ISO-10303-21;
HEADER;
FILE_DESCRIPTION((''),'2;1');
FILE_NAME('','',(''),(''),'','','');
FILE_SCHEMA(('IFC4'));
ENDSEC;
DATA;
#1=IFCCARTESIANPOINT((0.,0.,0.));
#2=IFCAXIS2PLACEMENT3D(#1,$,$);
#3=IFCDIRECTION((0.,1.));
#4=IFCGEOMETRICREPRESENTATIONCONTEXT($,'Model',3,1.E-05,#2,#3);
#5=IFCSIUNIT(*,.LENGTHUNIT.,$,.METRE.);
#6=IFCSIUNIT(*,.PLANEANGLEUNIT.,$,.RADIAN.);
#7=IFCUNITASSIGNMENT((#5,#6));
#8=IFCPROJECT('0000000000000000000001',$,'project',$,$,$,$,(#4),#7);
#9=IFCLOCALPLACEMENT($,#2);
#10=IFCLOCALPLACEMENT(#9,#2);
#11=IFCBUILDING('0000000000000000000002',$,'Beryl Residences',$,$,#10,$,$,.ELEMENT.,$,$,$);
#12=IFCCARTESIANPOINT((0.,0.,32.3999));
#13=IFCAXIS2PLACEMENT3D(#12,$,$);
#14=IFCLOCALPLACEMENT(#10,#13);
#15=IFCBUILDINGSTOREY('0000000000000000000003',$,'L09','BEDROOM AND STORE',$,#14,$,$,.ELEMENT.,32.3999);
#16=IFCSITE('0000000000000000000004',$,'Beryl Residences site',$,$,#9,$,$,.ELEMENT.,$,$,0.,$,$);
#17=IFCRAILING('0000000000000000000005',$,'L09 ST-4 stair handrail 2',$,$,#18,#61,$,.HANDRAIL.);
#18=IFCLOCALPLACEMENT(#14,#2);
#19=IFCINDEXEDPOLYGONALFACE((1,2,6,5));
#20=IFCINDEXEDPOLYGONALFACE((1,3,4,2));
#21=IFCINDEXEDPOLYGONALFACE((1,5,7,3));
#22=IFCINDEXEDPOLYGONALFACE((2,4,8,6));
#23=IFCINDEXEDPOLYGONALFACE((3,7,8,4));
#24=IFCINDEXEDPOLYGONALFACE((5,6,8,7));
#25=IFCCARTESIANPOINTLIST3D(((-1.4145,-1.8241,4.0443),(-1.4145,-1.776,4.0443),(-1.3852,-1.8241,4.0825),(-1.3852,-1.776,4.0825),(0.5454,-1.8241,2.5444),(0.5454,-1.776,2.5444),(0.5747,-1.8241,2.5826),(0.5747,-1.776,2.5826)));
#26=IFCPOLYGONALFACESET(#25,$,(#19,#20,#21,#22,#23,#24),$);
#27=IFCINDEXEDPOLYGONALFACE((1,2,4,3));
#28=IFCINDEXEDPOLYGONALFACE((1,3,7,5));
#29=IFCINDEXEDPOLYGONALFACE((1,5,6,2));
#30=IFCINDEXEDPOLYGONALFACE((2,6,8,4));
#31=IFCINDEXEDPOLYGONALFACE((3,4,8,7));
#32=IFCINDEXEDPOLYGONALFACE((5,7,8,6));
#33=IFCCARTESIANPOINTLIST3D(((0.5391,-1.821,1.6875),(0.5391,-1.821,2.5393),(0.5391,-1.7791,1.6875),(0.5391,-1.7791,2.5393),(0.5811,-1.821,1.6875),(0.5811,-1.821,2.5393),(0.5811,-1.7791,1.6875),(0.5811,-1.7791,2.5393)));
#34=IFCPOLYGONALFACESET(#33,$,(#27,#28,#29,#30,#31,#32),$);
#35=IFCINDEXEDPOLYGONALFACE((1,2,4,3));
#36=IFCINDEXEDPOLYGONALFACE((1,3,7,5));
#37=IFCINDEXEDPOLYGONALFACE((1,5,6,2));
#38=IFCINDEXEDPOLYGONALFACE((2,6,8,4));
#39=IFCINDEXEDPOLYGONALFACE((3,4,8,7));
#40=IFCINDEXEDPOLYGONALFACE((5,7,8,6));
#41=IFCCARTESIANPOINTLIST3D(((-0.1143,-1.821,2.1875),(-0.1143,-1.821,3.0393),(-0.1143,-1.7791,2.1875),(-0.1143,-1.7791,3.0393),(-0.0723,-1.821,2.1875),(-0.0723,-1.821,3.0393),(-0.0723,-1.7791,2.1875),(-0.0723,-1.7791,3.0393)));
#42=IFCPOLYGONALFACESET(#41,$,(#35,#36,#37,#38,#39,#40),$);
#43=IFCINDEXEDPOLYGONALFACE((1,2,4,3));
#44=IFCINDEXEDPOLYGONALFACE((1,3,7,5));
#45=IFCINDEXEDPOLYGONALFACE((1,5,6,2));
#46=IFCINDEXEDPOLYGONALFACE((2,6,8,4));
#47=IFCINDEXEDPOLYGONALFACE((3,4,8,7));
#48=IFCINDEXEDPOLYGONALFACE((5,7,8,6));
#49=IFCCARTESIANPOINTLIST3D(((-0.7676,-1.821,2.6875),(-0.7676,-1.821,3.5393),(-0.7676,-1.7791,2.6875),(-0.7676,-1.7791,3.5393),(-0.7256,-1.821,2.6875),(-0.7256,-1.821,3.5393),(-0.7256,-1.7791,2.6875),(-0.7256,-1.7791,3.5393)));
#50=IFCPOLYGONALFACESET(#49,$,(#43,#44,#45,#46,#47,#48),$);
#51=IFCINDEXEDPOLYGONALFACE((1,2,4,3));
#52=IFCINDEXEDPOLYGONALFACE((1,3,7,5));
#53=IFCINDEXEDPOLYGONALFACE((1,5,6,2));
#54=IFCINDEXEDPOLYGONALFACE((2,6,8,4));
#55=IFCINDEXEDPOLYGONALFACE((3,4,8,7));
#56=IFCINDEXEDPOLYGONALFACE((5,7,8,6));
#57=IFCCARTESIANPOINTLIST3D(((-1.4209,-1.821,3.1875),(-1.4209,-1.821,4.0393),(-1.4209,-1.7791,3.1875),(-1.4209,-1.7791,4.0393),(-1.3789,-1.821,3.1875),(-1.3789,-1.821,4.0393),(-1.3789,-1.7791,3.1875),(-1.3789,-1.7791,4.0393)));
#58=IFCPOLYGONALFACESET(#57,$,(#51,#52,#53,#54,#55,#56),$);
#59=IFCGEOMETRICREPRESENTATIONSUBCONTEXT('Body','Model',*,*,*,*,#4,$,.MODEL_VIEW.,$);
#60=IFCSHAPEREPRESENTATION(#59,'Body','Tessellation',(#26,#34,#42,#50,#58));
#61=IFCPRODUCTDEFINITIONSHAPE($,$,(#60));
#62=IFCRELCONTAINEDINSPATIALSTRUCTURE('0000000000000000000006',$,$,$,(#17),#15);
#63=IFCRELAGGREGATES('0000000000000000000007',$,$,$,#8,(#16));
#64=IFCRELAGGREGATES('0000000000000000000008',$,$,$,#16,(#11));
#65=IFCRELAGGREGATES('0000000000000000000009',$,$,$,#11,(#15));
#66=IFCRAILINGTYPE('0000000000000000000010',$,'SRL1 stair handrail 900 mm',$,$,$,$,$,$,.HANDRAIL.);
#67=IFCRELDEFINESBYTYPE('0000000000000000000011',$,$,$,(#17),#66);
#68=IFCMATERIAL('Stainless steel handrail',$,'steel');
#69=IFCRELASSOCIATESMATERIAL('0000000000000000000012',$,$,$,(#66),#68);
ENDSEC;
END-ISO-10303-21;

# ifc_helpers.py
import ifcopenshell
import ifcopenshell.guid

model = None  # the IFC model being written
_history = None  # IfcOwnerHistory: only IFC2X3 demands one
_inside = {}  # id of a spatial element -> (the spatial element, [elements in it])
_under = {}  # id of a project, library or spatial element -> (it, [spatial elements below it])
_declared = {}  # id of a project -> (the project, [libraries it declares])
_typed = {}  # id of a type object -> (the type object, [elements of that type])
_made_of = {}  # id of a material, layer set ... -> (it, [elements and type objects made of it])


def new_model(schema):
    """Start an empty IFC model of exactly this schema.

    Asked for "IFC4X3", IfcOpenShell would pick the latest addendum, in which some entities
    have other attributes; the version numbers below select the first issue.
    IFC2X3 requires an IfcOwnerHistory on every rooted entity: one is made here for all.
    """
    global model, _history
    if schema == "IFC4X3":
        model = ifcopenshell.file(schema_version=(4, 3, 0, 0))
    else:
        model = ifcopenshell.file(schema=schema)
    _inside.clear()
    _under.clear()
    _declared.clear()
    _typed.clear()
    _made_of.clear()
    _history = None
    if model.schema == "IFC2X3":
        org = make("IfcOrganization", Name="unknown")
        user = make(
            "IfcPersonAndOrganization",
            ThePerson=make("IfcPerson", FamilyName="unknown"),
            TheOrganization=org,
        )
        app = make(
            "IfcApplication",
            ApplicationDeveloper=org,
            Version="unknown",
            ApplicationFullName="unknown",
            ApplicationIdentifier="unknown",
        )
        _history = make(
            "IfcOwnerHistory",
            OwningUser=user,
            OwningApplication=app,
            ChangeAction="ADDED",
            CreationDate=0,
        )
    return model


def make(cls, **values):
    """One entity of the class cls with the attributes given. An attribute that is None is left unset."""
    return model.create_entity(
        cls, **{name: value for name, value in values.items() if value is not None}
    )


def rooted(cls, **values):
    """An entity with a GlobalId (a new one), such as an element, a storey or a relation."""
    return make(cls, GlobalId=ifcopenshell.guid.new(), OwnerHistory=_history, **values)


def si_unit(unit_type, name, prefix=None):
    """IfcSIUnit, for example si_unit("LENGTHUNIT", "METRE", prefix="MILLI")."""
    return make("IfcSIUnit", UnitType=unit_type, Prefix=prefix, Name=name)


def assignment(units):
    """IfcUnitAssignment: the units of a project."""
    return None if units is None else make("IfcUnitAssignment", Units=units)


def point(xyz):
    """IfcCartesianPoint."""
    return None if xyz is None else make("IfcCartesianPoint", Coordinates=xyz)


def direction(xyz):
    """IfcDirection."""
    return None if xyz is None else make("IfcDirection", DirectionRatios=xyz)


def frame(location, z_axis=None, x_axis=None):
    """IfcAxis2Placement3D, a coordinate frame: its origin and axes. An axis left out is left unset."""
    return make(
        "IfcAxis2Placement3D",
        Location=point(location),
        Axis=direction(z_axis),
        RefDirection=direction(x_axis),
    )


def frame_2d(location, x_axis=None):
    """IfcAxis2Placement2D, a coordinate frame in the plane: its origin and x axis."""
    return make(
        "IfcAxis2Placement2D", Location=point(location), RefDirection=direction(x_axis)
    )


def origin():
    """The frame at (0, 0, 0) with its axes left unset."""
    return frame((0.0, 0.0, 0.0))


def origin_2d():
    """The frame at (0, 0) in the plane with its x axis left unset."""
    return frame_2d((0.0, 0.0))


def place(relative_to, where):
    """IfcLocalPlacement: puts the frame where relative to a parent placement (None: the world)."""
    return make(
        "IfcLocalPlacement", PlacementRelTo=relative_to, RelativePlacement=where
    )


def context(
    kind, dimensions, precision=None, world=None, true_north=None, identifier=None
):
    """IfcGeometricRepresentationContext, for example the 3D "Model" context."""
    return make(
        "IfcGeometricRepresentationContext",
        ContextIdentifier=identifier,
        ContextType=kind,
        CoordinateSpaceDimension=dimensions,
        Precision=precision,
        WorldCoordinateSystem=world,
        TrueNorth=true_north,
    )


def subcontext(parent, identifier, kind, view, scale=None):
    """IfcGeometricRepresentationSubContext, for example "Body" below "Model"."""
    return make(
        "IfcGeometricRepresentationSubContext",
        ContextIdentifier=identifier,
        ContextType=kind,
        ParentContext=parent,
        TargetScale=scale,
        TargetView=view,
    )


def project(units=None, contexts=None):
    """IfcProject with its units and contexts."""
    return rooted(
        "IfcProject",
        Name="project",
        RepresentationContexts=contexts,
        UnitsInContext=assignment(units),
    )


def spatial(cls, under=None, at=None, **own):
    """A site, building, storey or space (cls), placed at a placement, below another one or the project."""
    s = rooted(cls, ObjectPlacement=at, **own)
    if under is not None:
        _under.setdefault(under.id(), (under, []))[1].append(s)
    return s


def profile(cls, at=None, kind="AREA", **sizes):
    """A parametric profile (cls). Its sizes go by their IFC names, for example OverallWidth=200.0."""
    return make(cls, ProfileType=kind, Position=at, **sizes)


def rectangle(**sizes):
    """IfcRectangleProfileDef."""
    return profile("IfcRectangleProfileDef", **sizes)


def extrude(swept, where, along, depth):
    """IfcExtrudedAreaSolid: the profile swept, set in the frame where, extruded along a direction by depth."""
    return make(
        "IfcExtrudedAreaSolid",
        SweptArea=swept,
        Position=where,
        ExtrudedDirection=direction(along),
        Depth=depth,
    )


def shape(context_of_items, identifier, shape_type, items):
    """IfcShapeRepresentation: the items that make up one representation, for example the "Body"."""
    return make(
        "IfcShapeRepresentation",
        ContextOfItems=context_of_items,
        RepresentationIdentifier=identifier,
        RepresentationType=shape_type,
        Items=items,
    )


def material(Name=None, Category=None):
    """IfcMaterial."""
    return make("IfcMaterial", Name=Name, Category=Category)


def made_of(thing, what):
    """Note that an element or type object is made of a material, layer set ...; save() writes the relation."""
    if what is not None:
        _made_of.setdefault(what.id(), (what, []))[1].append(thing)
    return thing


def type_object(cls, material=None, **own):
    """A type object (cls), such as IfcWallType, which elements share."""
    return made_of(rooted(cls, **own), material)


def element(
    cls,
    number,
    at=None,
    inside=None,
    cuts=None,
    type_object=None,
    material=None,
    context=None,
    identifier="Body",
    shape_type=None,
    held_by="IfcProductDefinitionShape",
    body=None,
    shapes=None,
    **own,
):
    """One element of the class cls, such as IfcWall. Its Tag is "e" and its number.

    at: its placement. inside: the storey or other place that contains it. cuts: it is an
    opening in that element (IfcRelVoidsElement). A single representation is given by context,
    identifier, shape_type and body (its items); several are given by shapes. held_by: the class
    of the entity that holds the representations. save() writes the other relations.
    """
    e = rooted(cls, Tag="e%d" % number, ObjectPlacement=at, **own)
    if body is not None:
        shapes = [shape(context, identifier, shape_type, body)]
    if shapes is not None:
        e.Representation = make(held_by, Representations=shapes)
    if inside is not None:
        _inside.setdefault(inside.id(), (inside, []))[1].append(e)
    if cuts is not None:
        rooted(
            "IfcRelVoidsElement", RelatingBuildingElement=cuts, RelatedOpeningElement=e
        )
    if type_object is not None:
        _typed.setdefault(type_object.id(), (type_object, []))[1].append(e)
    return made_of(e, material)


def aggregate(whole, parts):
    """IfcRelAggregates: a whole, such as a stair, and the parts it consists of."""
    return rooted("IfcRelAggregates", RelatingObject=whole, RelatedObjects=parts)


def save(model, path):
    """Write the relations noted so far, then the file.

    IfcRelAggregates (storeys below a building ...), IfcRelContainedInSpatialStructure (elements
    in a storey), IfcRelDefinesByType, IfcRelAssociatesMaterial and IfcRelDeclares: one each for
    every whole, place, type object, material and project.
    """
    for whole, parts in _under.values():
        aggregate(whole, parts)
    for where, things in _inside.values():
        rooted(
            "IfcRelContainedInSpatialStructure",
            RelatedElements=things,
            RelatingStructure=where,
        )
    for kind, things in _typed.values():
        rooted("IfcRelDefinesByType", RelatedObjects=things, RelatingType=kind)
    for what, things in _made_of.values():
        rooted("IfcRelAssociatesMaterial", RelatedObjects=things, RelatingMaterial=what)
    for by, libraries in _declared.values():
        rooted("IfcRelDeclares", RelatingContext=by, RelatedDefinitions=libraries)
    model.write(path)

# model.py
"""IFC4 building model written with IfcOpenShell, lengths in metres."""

from ifc_helpers import new_model, si_unit, direction, frame, origin, origin_2d, place, context, subcontext, project, spatial, rectangle, extrude, material, type_object, element, save


model = new_model("IFC4")

# Units and contexts
model_context = context("Model", 3, precision=1e-05, world=origin(), true_north=direction((0.0, 1.0)))
body_context = subcontext(model_context, "Body", "Model", "MODEL_VIEW")
ifc_project = project(units=[si_unit("LENGTHUNIT", "METRE"), si_unit("PLANEANGLEUNIT", "RADIAN")], contexts=[model_context])

# Site, building, storey
site_placement = place(None, origin())
site = spatial("IfcSite", under=ifc_project, at=site_placement, Name="Beryl Residences site", CompositionType="ELEMENT", RefElevation=0.0)
building_placement = place(site_placement, origin())
building = spatial("IfcBuilding", under=site, at=building_placement, Name="Beryl Residences", CompositionType="ELEMENT")
storey_placement = place(building_placement, frame((0.0, 0.0, 32.3999)))
storey = spatial("IfcBuildingStorey", under=building, at=storey_placement, Name="L09", Description="BEDROOM AND STORE", CompositionType="ELEMENT", Elevation=32.3999)

# Railing
ifc_material_1 = material(Name="Stainless steel handrail", Category="steel")
railing_type_1 = type_object("IfcRailingType", Name="SRL1 stair handrail 900 mm", PredefinedType="HANDRAIL", material=ifc_material_1)
railing_1_placement = place(storey_placement, frame((0.5601, -1.8, 1.6875)))
element("IfcRailing", 1, at=railing_1_placement, inside=storey, type_object=railing_type_1, Name="L09 ST-4 stair handrail 2", PredefinedType="HANDRAIL", context=body_context, shape_type="SweptSolid", body=[
    extrude(rectangle(XDim=0.0481, YDim=0.0481, at=origin_2d()), frame((0.0, 0.0, 0.876), z_axis=(-0.794122, 0.0, 0.607758), x_axis=(0.0, -1.0, 0.0)), (0.0, 0.0, 1.0), 2.468),
    extrude(rectangle(XDim=0.042, YDim=0.042, at=origin_2d()), origin(), (0.0, 0.0, 1.0), 0.8518),
    extrude(rectangle(XDim=0.042, YDim=0.042, at=origin_2d()), frame((-0.6533, 0.0, 0.5)), (0.0, 0.0, 1.0), 0.8518),
    extrude(rectangle(XDim=0.042, YDim=0.042, at=origin_2d()), frame((-1.3066, 0.0, 1.0)), (0.0, 0.0, 1.0), 0.8518),
    extrude(rectangle(XDim=0.042, YDim=0.042, at=origin_2d()), frame((-1.96, 0.0, 1.5)), (0.0, 0.0, 1.0), 0.8518),
])

save(model, "model.ifc")
